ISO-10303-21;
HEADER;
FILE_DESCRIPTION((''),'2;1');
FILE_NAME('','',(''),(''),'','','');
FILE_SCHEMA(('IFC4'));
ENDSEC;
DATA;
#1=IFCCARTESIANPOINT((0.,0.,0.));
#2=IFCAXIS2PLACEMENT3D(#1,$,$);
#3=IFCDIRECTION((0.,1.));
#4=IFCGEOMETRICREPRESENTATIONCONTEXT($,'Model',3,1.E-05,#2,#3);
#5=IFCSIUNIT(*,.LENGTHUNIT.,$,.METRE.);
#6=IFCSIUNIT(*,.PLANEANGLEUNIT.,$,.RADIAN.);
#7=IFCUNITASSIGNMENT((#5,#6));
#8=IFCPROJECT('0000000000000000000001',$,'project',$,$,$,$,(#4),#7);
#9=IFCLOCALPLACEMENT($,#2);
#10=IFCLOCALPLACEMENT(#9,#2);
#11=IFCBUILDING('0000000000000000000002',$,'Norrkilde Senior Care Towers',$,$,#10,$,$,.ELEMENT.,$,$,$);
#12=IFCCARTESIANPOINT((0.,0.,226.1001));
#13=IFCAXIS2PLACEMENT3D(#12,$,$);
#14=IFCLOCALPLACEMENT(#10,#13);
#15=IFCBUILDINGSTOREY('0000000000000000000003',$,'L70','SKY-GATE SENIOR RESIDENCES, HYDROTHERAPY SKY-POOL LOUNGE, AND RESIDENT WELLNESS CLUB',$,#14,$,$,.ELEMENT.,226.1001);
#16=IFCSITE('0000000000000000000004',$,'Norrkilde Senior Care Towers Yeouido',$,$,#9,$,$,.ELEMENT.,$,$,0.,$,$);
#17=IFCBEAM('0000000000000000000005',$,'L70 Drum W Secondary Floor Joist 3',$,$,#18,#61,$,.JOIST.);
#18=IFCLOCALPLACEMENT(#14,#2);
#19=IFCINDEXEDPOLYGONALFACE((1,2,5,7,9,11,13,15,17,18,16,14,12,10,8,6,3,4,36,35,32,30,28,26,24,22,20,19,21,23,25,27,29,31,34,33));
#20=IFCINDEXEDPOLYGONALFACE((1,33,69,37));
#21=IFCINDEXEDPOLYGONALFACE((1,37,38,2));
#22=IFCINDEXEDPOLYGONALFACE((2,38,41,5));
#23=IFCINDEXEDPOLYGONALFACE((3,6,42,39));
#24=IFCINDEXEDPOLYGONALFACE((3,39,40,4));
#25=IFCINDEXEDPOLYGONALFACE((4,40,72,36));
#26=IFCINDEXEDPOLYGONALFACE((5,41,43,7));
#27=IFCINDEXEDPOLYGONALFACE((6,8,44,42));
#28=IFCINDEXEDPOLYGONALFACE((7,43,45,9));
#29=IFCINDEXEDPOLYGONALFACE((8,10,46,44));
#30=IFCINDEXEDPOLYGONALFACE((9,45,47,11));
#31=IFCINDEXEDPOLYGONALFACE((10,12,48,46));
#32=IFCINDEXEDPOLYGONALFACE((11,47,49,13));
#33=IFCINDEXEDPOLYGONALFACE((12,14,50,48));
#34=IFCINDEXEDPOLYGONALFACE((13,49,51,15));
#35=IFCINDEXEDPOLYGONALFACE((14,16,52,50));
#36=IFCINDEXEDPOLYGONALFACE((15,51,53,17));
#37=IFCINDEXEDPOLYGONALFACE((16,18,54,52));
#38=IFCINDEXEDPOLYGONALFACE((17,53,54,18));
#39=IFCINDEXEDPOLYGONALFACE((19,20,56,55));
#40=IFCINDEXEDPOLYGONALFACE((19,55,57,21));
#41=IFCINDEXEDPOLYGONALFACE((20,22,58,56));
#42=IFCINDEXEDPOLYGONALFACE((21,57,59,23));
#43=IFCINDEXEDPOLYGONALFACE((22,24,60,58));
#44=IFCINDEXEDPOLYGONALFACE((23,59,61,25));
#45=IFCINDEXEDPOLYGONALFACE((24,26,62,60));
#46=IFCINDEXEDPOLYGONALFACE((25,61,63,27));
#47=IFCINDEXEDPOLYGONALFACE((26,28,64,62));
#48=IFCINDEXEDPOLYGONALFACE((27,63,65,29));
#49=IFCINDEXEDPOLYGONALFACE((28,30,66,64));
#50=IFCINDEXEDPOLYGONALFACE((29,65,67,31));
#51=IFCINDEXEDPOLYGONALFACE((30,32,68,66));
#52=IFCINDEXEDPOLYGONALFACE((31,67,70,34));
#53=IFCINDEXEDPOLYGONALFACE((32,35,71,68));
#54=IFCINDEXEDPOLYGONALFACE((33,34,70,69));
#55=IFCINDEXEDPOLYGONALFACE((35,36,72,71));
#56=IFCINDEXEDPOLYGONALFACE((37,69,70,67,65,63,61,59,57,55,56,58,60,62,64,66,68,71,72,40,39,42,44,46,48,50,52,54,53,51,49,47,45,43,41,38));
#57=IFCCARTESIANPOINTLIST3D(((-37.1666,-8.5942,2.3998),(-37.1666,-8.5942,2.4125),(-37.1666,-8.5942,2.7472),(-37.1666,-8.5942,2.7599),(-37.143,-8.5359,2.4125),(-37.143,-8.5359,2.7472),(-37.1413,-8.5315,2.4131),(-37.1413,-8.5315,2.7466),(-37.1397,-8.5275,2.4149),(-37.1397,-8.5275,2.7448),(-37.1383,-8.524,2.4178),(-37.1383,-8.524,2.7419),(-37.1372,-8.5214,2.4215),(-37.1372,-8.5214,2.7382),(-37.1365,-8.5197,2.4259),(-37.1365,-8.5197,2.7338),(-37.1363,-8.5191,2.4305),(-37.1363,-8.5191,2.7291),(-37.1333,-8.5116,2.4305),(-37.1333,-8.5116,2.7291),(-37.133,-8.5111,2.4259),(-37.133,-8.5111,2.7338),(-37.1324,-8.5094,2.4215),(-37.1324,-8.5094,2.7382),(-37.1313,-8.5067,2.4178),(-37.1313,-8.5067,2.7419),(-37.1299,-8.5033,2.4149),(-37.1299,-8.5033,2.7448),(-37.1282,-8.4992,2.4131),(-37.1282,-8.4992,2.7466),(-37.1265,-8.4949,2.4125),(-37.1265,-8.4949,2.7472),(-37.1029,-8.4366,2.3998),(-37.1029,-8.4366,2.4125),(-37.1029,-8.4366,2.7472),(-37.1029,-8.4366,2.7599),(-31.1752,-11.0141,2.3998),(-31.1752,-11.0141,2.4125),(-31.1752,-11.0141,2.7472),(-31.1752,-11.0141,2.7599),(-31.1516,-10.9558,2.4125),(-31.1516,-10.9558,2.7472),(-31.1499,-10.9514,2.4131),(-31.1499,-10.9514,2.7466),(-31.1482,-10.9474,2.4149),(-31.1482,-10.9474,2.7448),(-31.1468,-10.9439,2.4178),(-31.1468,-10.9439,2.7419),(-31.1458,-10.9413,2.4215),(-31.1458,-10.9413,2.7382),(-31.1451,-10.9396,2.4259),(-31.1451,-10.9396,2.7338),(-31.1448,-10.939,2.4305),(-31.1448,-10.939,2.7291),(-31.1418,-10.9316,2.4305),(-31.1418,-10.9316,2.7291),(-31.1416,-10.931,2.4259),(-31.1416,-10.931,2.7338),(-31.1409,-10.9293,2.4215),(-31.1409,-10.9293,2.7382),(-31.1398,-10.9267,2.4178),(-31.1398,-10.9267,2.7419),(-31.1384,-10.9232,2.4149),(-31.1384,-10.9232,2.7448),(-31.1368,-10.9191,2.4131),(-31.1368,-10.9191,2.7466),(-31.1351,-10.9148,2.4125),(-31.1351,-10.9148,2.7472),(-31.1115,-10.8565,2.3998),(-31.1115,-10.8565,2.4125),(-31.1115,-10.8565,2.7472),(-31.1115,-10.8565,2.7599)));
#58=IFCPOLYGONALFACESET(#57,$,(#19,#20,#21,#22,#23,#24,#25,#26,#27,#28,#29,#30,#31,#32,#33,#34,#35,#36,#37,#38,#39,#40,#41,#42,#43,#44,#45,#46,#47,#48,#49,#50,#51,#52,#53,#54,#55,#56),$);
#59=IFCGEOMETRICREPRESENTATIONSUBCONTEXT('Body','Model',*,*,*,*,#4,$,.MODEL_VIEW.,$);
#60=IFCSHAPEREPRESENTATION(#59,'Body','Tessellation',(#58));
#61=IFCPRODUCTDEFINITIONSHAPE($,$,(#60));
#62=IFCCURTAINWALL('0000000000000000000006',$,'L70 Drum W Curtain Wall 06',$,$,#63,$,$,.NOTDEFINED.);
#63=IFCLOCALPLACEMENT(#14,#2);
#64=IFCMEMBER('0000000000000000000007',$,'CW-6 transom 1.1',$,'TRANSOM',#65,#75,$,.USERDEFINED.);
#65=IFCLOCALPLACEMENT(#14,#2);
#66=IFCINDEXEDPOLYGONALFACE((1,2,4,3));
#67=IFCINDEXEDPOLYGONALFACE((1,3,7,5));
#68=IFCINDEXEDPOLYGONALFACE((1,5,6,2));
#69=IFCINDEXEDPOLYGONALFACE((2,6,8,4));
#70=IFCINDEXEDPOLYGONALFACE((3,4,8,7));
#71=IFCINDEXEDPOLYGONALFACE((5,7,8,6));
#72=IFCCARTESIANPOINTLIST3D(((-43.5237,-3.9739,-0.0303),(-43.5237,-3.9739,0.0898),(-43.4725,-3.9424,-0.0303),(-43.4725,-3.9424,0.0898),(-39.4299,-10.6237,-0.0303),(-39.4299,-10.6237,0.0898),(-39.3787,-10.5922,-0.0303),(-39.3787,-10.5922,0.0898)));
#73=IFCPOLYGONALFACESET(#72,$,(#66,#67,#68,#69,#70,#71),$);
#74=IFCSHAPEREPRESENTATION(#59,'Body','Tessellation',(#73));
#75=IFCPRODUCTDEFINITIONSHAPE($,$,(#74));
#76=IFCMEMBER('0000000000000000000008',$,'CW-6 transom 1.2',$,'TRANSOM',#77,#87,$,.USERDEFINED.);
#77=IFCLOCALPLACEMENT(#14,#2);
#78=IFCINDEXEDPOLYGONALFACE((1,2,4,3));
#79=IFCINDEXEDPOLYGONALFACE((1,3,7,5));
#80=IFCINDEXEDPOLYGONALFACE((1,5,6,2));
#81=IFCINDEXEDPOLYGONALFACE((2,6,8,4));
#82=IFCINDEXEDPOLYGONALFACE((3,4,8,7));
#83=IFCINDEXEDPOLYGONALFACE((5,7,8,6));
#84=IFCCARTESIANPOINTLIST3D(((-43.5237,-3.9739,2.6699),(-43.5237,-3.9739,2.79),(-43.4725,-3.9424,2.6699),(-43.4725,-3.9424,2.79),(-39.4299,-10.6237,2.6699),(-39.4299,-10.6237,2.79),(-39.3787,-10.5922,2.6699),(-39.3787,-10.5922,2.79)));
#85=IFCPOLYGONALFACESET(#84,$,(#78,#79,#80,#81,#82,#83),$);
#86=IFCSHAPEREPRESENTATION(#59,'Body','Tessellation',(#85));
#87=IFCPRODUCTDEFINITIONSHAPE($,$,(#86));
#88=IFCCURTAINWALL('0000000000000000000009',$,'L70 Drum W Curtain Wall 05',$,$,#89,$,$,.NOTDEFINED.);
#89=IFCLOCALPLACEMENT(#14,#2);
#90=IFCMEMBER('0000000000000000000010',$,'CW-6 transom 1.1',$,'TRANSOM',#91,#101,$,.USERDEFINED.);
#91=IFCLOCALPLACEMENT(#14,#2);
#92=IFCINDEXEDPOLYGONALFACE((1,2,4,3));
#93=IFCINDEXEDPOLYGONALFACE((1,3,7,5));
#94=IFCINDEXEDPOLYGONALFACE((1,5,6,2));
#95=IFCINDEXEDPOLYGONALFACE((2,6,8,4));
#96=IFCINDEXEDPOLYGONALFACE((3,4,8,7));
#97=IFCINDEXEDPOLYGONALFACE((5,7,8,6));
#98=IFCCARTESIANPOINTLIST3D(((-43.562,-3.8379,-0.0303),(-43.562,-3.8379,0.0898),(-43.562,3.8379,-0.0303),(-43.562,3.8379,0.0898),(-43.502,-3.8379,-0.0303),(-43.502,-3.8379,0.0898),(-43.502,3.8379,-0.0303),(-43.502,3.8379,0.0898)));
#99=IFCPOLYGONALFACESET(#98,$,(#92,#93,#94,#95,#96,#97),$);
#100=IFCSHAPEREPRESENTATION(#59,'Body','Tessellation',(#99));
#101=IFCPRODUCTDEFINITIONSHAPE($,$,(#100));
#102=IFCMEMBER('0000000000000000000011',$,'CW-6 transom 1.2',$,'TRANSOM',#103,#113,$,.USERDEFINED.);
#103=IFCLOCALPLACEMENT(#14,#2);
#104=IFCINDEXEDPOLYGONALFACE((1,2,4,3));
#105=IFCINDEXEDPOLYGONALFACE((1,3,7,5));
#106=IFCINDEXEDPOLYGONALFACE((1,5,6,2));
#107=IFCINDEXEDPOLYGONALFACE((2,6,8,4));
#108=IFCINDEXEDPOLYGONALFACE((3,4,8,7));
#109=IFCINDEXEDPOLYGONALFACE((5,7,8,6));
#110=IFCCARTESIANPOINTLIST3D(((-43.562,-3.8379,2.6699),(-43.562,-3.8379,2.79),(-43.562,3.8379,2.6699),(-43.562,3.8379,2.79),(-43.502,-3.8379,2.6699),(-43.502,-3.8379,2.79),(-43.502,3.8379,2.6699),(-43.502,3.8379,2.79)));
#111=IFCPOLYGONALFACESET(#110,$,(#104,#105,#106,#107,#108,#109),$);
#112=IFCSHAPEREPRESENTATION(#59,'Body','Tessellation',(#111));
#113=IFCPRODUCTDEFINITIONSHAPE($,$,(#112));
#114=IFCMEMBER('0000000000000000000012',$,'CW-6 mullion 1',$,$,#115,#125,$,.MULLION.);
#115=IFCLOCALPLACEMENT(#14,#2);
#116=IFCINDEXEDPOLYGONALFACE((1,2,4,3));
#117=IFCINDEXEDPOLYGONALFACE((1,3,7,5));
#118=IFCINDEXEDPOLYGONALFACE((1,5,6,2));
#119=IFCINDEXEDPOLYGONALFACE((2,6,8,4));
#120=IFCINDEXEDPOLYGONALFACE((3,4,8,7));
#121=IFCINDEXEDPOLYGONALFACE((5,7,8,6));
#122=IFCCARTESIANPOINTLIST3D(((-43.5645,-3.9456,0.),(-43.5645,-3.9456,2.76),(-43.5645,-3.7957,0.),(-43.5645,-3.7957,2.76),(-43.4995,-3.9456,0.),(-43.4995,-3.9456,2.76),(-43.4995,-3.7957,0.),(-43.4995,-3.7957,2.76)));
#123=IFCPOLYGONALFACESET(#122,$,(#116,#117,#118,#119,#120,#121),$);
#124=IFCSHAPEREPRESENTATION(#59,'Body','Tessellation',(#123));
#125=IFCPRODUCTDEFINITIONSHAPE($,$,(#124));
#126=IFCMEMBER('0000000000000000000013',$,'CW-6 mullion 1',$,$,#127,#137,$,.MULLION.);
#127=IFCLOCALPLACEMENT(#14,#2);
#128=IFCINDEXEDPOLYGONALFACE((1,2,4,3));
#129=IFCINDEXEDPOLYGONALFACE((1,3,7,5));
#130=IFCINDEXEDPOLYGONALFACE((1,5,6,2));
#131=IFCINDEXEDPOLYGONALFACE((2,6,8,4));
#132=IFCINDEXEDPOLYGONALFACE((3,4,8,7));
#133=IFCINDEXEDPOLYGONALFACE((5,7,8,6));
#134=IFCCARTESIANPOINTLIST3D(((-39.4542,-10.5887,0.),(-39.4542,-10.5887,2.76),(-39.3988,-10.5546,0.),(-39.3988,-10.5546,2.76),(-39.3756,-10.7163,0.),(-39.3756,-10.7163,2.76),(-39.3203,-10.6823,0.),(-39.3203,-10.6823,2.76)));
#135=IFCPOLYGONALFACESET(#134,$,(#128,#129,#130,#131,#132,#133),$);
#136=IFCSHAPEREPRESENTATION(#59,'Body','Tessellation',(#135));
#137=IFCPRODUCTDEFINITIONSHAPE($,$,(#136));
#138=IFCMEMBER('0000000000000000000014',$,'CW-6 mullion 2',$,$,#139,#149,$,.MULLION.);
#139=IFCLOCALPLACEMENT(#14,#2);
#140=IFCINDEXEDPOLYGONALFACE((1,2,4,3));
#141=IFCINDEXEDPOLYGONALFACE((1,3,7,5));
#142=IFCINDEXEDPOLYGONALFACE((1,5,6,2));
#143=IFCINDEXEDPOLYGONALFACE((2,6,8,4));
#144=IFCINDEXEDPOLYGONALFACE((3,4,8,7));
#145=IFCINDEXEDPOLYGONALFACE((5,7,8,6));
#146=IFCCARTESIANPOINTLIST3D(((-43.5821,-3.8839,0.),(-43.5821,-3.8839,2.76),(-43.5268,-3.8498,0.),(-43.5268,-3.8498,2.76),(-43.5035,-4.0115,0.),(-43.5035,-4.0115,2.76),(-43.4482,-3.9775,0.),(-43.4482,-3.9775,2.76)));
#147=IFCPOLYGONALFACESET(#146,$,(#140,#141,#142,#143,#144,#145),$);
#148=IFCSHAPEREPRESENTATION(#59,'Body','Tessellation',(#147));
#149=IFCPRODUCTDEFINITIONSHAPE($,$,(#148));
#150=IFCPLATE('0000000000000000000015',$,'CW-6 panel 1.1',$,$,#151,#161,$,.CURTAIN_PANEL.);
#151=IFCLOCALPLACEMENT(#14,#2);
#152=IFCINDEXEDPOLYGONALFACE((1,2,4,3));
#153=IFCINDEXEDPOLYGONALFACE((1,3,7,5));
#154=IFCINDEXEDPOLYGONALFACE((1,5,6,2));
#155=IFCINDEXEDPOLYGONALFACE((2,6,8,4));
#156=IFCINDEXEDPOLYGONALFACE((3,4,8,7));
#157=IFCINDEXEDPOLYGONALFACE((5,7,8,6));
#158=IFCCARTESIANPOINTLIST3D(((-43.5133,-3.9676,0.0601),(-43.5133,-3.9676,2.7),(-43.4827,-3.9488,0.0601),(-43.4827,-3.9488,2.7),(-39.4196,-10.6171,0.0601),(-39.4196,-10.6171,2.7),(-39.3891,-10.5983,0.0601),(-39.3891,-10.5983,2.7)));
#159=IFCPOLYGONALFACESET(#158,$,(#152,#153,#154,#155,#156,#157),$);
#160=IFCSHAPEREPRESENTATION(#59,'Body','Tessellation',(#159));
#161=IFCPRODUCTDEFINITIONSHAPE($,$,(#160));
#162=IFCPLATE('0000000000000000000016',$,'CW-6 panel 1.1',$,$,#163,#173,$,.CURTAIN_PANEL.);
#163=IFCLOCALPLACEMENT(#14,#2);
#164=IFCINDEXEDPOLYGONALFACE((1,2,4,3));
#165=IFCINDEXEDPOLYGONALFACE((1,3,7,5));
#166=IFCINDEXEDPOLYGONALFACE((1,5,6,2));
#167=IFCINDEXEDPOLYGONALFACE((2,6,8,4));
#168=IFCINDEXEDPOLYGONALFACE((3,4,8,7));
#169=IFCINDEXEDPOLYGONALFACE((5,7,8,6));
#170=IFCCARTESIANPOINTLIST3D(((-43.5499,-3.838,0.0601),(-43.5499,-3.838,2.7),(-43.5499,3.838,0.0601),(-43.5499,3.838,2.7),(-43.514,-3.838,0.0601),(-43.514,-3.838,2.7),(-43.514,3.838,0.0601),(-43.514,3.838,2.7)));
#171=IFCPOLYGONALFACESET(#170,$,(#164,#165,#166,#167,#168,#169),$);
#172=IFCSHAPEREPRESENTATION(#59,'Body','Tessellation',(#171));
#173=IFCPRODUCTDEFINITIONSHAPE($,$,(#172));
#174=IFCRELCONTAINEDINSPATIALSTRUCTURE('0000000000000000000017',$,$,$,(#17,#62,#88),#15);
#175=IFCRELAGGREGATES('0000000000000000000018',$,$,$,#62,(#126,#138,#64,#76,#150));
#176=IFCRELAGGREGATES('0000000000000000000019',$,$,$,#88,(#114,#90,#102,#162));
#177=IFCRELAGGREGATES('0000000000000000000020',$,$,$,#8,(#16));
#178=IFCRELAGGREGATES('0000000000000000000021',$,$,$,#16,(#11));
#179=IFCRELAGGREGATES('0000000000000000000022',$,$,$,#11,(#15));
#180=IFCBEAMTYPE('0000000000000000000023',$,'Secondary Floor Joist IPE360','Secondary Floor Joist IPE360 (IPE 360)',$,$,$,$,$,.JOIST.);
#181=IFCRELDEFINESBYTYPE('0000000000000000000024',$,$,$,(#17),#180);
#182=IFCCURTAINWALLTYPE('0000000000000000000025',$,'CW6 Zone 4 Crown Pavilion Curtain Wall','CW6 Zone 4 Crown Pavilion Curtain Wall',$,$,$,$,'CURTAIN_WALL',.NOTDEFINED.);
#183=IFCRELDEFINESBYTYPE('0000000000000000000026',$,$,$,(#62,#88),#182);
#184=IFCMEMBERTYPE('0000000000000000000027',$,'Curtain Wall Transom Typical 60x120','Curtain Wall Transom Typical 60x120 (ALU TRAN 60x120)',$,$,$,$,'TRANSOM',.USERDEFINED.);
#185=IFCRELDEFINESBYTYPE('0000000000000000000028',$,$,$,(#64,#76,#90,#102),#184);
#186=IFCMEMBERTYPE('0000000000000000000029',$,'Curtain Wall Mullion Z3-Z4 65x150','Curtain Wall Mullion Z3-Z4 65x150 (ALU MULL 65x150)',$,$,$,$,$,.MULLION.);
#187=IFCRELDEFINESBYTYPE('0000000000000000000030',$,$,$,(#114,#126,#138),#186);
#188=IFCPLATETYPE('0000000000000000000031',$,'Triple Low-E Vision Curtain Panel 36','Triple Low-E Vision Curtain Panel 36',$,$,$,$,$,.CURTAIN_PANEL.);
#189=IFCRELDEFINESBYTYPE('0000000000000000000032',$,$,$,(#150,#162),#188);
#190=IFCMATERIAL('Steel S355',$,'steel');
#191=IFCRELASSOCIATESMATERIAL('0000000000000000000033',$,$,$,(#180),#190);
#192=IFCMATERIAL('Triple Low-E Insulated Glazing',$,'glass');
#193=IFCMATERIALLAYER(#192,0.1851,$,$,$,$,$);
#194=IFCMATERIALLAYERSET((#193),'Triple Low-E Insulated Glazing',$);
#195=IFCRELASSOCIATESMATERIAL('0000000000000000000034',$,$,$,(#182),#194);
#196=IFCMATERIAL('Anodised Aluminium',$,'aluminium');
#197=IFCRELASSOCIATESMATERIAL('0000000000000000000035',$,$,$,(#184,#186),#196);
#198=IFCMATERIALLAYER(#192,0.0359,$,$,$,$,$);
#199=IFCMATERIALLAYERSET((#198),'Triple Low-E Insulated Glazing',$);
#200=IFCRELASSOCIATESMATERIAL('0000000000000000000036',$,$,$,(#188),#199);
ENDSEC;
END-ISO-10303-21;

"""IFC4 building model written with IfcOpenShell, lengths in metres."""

from ifc_helpers import new_model, si_unit, direction, frame, origin, origin_2d, place, context, subcontext, project, spatial, rectangle, i_section, extrude, source, transform, mapped, material, layer, layer_set, material_profile, profile_set, type_object, type_shapes, element, aggregate, save


model = new_model("IFC4")

# Units and contexts
model_context = context("Model", 3, precision=1e-05, world=origin(), true_north=direction((0.0, 1.0)))
body_context = subcontext(model_context, "Body", "Model", "MODEL_VIEW")
ifc_project = project(units=[si_unit("LENGTHUNIT", "METRE"), si_unit("PLANEANGLEUNIT", "RADIAN")], contexts=[model_context])

# Site, building, storey
site_placement = place(None, origin())
site = spatial("IfcSite", under=ifc_project, at=site_placement, Name="Norrkilde Senior Care Towers Yeouido", CompositionType="ELEMENT", RefElevation=0.0)
building_placement = place(site_placement, origin())
building = spatial("IfcBuilding", under=site, at=building_placement, Name="Norrkilde Senior Care Towers", CompositionType="ELEMENT")
storey_placement = place(building_placement, frame((0.0, 0.0, 226.1001)))
storey = spatial("IfcBuildingStorey", under=building, at=storey_placement, Name="L70", Description="SKY-GATE SENIOR RESIDENCES, HYDROTHERAPY SKY-POOL LOUNGE, AND RESIDENT WELLNESS CLUB", CompositionType="ELEMENT", Elevation=226.1001)

# Beam
ifc_material_1 = material(Name="Steel S355", Category="steel")
ifc_material_profile_1 = material_profile(ifc_material_1, i_section(OverallWidth=0.1699, OverallDepth=0.3601, WebThickness=0.0081, FlangeThickness=0.0127, FilletRadius=0.0181, at=origin_2d()), Name="IPE 360")
ifc_profile_set_1 = profile_set([ifc_material_profile_1], Name="Steel S355")
beam_type_1 = type_object("IfcBeamType", Name="Secondary Floor Joist IPE360", Description="Secondary Floor Joist IPE360 (IPE 360)", PredefinedType="JOIST", material=ifc_profile_set_1)
shared_shape_1 = source(origin(), body_context, "Body", "SweptSolid", [
    extrude(i_section(OverallWidth=0.1699, OverallDepth=0.3601, WebThickness=0.0081, FlangeThickness=0.0127, FilletRadius=0.0181, at=origin_2d()), origin(), (0.0, 0.0, 1.0), 6.4617),
])
type_shapes(beam_type_1, [shared_shape_1])
beam_1_placement = place(storey_placement, frame((-37.1348, -8.5154, 2.5798), z_axis=(0.927226, -0.374502, 0.0), x_axis=(0.374502, 0.927226, 0.0)))
element("IfcBeam", 1, at=beam_1_placement, inside=storey, type_object=beam_type_1, Name="L70 Drum W Secondary Floor Joist 3", PredefinedType="JOIST", context=body_context, shape_type="MappedRepresentation", body=[
    mapped(shared_shape_1, transform((0.0, 0.0, 0.0), x_axis=(1.0, 0.0, 0.0), y_axis=(0.0, 1.0, 0.0), z_axis=(0.0, 0.0, 1.0), scale=1.0)),
])

# Curtain walls, members
ifc_material_2 = material(Name="Triple Low-E Insulated Glazing", Category="glass")
ifc_layer_1 = layer(ifc_material_2, 0.1851)
ifc_layer_set_1 = layer_set([ifc_layer_1], Name="Triple Low-E Insulated Glazing")
curtain_wall_type = type_object("IfcCurtainWallType", Name="CW6 Zone 4 Crown Pavilion Curtain Wall", Description="CW6 Zone 4 Crown Pavilion Curtain Wall", ElementType="CURTAIN_WALL", PredefinedType="NOTDEFINED", material=ifc_layer_set_1)
curtain_wall_1_placement = place(storey_placement, origin())
curtain_wall_1 = element("IfcCurtainWall", 2, at=curtain_wall_1_placement, inside=storey, type_object=curtain_wall_type, Name="L70 Drum W Curtain Wall 06", PredefinedType="NOTDEFINED")
ifc_material_3 = material(Name="Anodised Aluminium", Category="aluminium")
ifc_material_profile_2 = material_profile(ifc_material_3, rectangle(XDim=0.0601, YDim=0.1201, at=origin_2d()), Name="ALU TRAN 60x120")
ifc_profile_set_2 = profile_set([ifc_material_profile_2], Name="Anodised Aluminium")
member_type_1 = type_object("IfcMemberType", Name="Curtain Wall Transom Typical 60x120", Description="Curtain Wall Transom Typical 60x120 (ALU TRAN 60x120)", ElementType="TRANSOM", PredefinedType="USERDEFINED", material=ifc_profile_set_2)
shared_shape_2 = source(origin(), body_context, "Body", "SweptSolid", [
    extrude(rectangle(XDim=0.0601, YDim=0.1201, at=origin_2d()), origin(), (0.0, 0.0, 1.0), 7.8088),
])
member_1_placement = place(storey_placement, frame((-39.4043, -10.6079, 0.0298), z_axis=(-0.524251, 0.851564, 0.0), x_axis=(-0.851564, -0.524251, 0.0)))
member_1 = element("IfcMember", 3, at=member_1_placement, type_object=member_type_1, Name="CW-6 transom 1.1", ObjectType="TRANSOM", PredefinedType="USERDEFINED", context=body_context, shape_type="MappedRepresentation", body=[
    mapped(shared_shape_2, transform((0.0, 0.0, 0.0), x_axis=(1.0, 0.0, 0.0), y_axis=(0.0, 1.0, 0.0), z_axis=(0.0, 0.0, 1.0), scale=1.0)),
])
member_2_placement = place(storey_placement, frame((-39.4043, -10.6079, 2.73), z_axis=(-0.524251, 0.851564, 0.0), x_axis=(-0.851564, -0.524251, 0.0)))
member_2 = element("IfcMember", 4, at=member_2_placement, type_object=member_type_1, Name="CW-6 transom 1.2", ObjectType="TRANSOM", PredefinedType="USERDEFINED", context=body_context, shape_type="MappedRepresentation", body=[
    mapped(shared_shape_2, transform((0.0, 0.0, 0.0), x_axis=(1.0, 0.0, 0.0), y_axis=(0.0, 1.0, 0.0), z_axis=(0.0, 0.0, 1.0), scale=1.0)),
])
curtain_wall_2_placement = place(storey_placement, origin())
curtain_wall_2 = element("IfcCurtainWall", 5, at=curtain_wall_2_placement, inside=storey, type_object=curtain_wall_type, Name="L70 Drum W Curtain Wall 05", PredefinedType="NOTDEFINED")
shared_shape_3 = source(origin(), body_context, "Body", "SweptSolid", [
    extrude(rectangle(XDim=0.0601, YDim=0.1201, at=origin_2d()), origin(), (0.0, 0.0, 1.0), 7.6758),
])
type_shapes(member_type_1, [shared_shape_2, shared_shape_3])
member_3_placement = place(storey_placement, frame((-43.532, -3.8379, 0.0298), z_axis=(0.0, 1.0, 0.0), x_axis=(-1.0, 0.0, 0.0)))
member_3 = element("IfcMember", 6, at=member_3_placement, type_object=member_type_1, Name="CW-6 transom 1.1", ObjectType="TRANSOM", PredefinedType="USERDEFINED", context=body_context, shape_type="MappedRepresentation", body=[
    mapped(shared_shape_3, transform((0.0, 0.0, 0.0), x_axis=(1.0, 0.0, 0.0), y_axis=(0.0, 1.0, 0.0), z_axis=(0.0, 0.0, 1.0), scale=1.0)),
])
member_4_placement = place(storey_placement, frame((-43.532, -3.8379, 2.73), z_axis=(0.0, 1.0, 0.0), x_axis=(-1.0, 0.0, 0.0)))
member_4 = element("IfcMember", 7, at=member_4_placement, type_object=member_type_1, Name="CW-6 transom 1.2", ObjectType="TRANSOM", PredefinedType="USERDEFINED", context=body_context, shape_type="MappedRepresentation", body=[
    mapped(shared_shape_3, transform((0.0, 0.0, 0.0), x_axis=(1.0, 0.0, 0.0), y_axis=(0.0, 1.0, 0.0), z_axis=(0.0, 0.0, 1.0), scale=1.0)),
])
ifc_material_profile_3 = material_profile(ifc_material_3, rectangle(XDim=0.0649, YDim=0.1499, at=origin_2d()), Name="ALU MULL 65x150")
ifc_profile_set_3 = profile_set([ifc_material_profile_3], Name="Anodised Aluminium")
member_type_2 = type_object("IfcMemberType", Name="Curtain Wall Mullion Z3-Z4 65x150", Description="Curtain Wall Mullion Z3-Z4 65x150 (ALU MULL 65x150)", PredefinedType="MULLION", material=ifc_profile_set_3)
shared_shape_4 = source(origin(), body_context, "Body", "SweptSolid", [
    extrude(rectangle(XDim=0.0649, YDim=0.1499, at=origin_2d()), origin(), (0.0, 0.0, 1.0), 2.76),
])
type_shapes(member_type_2, [shared_shape_4])
member_5_placement = place(storey_placement, frame((-43.532, -3.8706, 0.0), z_axis=(0.0, 0.0, 1.0), x_axis=(-1.0, 0.0, 0.0)))
member_5 = element("IfcMember", 8, at=member_5_placement, type_object=member_type_2, Name="CW-6 mullion 1", PredefinedType="MULLION", context=body_context, shape_type="MappedRepresentation", body=[
    mapped(shared_shape_4, transform((0.0, 0.0, 0.0), x_axis=(1.0, 0.0, 0.0), y_axis=(0.0, 1.0, 0.0), z_axis=(0.0, 0.0, 1.0), scale=1.0)),
])

# Members
member_6_placement = place(storey_placement, frame((-39.3872, -10.6355, 0.0), z_axis=(0.0, 0.0, 1.0), x_axis=(-0.851563, -0.524253, 0.0)))
member_6 = element("IfcMember", 9, at=member_6_placement, type_object=member_type_2, Name="CW-6 mullion 1", PredefinedType="MULLION", context=body_context, shape_type="MappedRepresentation", body=[
    mapped(shared_shape_4, transform((0.0, 0.0, 0.0), x_axis=(1.0, 0.0, 0.0), y_axis=(0.0, 1.0, 0.0), z_axis=(0.0, 0.0, 1.0), scale=1.0)),
])
member_7_placement = place(storey_placement, frame((-43.5151, -3.9307, 0.0), z_axis=(0.0, 0.0, 1.0), x_axis=(-0.851563, -0.524253, 0.0)))
member_7 = element("IfcMember", 10, at=member_7_placement, type_object=member_type_2, Name="CW-6 mullion 2", PredefinedType="MULLION", context=body_context, shape_type="MappedRepresentation", body=[
    mapped(shared_shape_4, transform((0.0, 0.0, 0.0), x_axis=(1.0, 0.0, 0.0), y_axis=(0.0, 1.0, 0.0), z_axis=(0.0, 0.0, 1.0), scale=1.0)),
])

# Plates
ifc_layer_2 = layer(ifc_material_2, 0.0359)
ifc_layer_set_2 = layer_set([ifc_layer_2], Name="Triple Low-E Insulated Glazing")
plate_type = type_object("IfcPlateType", Name="Triple Low-E Vision Curtain Panel 36", Description="Triple Low-E Vision Curtain Panel 36", PredefinedType="CURTAIN_PANEL", material=ifc_layer_set_2)
shared_shape_5 = source(origin(), body_context, "Body", "SweptSolid", [
    extrude(rectangle(XDim=7.8086, YDim=0.0359, at=origin_2d()), origin(), (0.0, 0.0, 1.0), 2.6399),
])
plate_1_placement = place(storey_placement, frame((-41.4512, -7.283, 0.0601), z_axis=(0.0, 0.0, 1.0), x_axis=(-0.524253, 0.851563, 0.0)))
plate_1 = element("IfcPlate", 11, at=plate_1_placement, type_object=plate_type, Name="CW-6 panel 1.1", PredefinedType="CURTAIN_PANEL", context=body_context, shape_type="MappedRepresentation", body=[
    mapped(shared_shape_5, transform((0.0, 0.0, 0.0), x_axis=(1.0, 0.0, 0.0), y_axis=(0.0, 1.0, 0.0), z_axis=(0.0, 0.0, 1.0), scale=1.0)),
])
aggregate(curtain_wall_1, [member_6, member_7, member_1, member_2, plate_1])
shared_shape_6 = source(origin(), body_context, "Body", "SweptSolid", [
    extrude(rectangle(XDim=7.676, YDim=0.0359, at=origin_2d()), origin(), (0.0, 0.0, 1.0), 2.6399),
])
type_shapes(plate_type, [shared_shape_5, shared_shape_6])
plate_2_placement = place(storey_placement, frame((-43.532, 0.0, 0.0601), z_axis=(0.0, 0.0, 1.0), x_axis=(0.0, 1.0, 0.0)))
plate_2 = element("IfcPlate", 12, at=plate_2_placement, type_object=plate_type, Name="CW-6 panel 1.1", PredefinedType="CURTAIN_PANEL", context=body_context, shape_type="MappedRepresentation", body=[
    mapped(shared_shape_6, transform((0.0, 0.0, 0.0), x_axis=(1.0, 0.0, 0.0), y_axis=(0.0, 1.0, 0.0), z_axis=(0.0, 0.0, 1.0), scale=1.0)),
])
aggregate(curtain_wall_2, [member_5, member_3, member_4, plate_2])

save(model, "model.ifc")
